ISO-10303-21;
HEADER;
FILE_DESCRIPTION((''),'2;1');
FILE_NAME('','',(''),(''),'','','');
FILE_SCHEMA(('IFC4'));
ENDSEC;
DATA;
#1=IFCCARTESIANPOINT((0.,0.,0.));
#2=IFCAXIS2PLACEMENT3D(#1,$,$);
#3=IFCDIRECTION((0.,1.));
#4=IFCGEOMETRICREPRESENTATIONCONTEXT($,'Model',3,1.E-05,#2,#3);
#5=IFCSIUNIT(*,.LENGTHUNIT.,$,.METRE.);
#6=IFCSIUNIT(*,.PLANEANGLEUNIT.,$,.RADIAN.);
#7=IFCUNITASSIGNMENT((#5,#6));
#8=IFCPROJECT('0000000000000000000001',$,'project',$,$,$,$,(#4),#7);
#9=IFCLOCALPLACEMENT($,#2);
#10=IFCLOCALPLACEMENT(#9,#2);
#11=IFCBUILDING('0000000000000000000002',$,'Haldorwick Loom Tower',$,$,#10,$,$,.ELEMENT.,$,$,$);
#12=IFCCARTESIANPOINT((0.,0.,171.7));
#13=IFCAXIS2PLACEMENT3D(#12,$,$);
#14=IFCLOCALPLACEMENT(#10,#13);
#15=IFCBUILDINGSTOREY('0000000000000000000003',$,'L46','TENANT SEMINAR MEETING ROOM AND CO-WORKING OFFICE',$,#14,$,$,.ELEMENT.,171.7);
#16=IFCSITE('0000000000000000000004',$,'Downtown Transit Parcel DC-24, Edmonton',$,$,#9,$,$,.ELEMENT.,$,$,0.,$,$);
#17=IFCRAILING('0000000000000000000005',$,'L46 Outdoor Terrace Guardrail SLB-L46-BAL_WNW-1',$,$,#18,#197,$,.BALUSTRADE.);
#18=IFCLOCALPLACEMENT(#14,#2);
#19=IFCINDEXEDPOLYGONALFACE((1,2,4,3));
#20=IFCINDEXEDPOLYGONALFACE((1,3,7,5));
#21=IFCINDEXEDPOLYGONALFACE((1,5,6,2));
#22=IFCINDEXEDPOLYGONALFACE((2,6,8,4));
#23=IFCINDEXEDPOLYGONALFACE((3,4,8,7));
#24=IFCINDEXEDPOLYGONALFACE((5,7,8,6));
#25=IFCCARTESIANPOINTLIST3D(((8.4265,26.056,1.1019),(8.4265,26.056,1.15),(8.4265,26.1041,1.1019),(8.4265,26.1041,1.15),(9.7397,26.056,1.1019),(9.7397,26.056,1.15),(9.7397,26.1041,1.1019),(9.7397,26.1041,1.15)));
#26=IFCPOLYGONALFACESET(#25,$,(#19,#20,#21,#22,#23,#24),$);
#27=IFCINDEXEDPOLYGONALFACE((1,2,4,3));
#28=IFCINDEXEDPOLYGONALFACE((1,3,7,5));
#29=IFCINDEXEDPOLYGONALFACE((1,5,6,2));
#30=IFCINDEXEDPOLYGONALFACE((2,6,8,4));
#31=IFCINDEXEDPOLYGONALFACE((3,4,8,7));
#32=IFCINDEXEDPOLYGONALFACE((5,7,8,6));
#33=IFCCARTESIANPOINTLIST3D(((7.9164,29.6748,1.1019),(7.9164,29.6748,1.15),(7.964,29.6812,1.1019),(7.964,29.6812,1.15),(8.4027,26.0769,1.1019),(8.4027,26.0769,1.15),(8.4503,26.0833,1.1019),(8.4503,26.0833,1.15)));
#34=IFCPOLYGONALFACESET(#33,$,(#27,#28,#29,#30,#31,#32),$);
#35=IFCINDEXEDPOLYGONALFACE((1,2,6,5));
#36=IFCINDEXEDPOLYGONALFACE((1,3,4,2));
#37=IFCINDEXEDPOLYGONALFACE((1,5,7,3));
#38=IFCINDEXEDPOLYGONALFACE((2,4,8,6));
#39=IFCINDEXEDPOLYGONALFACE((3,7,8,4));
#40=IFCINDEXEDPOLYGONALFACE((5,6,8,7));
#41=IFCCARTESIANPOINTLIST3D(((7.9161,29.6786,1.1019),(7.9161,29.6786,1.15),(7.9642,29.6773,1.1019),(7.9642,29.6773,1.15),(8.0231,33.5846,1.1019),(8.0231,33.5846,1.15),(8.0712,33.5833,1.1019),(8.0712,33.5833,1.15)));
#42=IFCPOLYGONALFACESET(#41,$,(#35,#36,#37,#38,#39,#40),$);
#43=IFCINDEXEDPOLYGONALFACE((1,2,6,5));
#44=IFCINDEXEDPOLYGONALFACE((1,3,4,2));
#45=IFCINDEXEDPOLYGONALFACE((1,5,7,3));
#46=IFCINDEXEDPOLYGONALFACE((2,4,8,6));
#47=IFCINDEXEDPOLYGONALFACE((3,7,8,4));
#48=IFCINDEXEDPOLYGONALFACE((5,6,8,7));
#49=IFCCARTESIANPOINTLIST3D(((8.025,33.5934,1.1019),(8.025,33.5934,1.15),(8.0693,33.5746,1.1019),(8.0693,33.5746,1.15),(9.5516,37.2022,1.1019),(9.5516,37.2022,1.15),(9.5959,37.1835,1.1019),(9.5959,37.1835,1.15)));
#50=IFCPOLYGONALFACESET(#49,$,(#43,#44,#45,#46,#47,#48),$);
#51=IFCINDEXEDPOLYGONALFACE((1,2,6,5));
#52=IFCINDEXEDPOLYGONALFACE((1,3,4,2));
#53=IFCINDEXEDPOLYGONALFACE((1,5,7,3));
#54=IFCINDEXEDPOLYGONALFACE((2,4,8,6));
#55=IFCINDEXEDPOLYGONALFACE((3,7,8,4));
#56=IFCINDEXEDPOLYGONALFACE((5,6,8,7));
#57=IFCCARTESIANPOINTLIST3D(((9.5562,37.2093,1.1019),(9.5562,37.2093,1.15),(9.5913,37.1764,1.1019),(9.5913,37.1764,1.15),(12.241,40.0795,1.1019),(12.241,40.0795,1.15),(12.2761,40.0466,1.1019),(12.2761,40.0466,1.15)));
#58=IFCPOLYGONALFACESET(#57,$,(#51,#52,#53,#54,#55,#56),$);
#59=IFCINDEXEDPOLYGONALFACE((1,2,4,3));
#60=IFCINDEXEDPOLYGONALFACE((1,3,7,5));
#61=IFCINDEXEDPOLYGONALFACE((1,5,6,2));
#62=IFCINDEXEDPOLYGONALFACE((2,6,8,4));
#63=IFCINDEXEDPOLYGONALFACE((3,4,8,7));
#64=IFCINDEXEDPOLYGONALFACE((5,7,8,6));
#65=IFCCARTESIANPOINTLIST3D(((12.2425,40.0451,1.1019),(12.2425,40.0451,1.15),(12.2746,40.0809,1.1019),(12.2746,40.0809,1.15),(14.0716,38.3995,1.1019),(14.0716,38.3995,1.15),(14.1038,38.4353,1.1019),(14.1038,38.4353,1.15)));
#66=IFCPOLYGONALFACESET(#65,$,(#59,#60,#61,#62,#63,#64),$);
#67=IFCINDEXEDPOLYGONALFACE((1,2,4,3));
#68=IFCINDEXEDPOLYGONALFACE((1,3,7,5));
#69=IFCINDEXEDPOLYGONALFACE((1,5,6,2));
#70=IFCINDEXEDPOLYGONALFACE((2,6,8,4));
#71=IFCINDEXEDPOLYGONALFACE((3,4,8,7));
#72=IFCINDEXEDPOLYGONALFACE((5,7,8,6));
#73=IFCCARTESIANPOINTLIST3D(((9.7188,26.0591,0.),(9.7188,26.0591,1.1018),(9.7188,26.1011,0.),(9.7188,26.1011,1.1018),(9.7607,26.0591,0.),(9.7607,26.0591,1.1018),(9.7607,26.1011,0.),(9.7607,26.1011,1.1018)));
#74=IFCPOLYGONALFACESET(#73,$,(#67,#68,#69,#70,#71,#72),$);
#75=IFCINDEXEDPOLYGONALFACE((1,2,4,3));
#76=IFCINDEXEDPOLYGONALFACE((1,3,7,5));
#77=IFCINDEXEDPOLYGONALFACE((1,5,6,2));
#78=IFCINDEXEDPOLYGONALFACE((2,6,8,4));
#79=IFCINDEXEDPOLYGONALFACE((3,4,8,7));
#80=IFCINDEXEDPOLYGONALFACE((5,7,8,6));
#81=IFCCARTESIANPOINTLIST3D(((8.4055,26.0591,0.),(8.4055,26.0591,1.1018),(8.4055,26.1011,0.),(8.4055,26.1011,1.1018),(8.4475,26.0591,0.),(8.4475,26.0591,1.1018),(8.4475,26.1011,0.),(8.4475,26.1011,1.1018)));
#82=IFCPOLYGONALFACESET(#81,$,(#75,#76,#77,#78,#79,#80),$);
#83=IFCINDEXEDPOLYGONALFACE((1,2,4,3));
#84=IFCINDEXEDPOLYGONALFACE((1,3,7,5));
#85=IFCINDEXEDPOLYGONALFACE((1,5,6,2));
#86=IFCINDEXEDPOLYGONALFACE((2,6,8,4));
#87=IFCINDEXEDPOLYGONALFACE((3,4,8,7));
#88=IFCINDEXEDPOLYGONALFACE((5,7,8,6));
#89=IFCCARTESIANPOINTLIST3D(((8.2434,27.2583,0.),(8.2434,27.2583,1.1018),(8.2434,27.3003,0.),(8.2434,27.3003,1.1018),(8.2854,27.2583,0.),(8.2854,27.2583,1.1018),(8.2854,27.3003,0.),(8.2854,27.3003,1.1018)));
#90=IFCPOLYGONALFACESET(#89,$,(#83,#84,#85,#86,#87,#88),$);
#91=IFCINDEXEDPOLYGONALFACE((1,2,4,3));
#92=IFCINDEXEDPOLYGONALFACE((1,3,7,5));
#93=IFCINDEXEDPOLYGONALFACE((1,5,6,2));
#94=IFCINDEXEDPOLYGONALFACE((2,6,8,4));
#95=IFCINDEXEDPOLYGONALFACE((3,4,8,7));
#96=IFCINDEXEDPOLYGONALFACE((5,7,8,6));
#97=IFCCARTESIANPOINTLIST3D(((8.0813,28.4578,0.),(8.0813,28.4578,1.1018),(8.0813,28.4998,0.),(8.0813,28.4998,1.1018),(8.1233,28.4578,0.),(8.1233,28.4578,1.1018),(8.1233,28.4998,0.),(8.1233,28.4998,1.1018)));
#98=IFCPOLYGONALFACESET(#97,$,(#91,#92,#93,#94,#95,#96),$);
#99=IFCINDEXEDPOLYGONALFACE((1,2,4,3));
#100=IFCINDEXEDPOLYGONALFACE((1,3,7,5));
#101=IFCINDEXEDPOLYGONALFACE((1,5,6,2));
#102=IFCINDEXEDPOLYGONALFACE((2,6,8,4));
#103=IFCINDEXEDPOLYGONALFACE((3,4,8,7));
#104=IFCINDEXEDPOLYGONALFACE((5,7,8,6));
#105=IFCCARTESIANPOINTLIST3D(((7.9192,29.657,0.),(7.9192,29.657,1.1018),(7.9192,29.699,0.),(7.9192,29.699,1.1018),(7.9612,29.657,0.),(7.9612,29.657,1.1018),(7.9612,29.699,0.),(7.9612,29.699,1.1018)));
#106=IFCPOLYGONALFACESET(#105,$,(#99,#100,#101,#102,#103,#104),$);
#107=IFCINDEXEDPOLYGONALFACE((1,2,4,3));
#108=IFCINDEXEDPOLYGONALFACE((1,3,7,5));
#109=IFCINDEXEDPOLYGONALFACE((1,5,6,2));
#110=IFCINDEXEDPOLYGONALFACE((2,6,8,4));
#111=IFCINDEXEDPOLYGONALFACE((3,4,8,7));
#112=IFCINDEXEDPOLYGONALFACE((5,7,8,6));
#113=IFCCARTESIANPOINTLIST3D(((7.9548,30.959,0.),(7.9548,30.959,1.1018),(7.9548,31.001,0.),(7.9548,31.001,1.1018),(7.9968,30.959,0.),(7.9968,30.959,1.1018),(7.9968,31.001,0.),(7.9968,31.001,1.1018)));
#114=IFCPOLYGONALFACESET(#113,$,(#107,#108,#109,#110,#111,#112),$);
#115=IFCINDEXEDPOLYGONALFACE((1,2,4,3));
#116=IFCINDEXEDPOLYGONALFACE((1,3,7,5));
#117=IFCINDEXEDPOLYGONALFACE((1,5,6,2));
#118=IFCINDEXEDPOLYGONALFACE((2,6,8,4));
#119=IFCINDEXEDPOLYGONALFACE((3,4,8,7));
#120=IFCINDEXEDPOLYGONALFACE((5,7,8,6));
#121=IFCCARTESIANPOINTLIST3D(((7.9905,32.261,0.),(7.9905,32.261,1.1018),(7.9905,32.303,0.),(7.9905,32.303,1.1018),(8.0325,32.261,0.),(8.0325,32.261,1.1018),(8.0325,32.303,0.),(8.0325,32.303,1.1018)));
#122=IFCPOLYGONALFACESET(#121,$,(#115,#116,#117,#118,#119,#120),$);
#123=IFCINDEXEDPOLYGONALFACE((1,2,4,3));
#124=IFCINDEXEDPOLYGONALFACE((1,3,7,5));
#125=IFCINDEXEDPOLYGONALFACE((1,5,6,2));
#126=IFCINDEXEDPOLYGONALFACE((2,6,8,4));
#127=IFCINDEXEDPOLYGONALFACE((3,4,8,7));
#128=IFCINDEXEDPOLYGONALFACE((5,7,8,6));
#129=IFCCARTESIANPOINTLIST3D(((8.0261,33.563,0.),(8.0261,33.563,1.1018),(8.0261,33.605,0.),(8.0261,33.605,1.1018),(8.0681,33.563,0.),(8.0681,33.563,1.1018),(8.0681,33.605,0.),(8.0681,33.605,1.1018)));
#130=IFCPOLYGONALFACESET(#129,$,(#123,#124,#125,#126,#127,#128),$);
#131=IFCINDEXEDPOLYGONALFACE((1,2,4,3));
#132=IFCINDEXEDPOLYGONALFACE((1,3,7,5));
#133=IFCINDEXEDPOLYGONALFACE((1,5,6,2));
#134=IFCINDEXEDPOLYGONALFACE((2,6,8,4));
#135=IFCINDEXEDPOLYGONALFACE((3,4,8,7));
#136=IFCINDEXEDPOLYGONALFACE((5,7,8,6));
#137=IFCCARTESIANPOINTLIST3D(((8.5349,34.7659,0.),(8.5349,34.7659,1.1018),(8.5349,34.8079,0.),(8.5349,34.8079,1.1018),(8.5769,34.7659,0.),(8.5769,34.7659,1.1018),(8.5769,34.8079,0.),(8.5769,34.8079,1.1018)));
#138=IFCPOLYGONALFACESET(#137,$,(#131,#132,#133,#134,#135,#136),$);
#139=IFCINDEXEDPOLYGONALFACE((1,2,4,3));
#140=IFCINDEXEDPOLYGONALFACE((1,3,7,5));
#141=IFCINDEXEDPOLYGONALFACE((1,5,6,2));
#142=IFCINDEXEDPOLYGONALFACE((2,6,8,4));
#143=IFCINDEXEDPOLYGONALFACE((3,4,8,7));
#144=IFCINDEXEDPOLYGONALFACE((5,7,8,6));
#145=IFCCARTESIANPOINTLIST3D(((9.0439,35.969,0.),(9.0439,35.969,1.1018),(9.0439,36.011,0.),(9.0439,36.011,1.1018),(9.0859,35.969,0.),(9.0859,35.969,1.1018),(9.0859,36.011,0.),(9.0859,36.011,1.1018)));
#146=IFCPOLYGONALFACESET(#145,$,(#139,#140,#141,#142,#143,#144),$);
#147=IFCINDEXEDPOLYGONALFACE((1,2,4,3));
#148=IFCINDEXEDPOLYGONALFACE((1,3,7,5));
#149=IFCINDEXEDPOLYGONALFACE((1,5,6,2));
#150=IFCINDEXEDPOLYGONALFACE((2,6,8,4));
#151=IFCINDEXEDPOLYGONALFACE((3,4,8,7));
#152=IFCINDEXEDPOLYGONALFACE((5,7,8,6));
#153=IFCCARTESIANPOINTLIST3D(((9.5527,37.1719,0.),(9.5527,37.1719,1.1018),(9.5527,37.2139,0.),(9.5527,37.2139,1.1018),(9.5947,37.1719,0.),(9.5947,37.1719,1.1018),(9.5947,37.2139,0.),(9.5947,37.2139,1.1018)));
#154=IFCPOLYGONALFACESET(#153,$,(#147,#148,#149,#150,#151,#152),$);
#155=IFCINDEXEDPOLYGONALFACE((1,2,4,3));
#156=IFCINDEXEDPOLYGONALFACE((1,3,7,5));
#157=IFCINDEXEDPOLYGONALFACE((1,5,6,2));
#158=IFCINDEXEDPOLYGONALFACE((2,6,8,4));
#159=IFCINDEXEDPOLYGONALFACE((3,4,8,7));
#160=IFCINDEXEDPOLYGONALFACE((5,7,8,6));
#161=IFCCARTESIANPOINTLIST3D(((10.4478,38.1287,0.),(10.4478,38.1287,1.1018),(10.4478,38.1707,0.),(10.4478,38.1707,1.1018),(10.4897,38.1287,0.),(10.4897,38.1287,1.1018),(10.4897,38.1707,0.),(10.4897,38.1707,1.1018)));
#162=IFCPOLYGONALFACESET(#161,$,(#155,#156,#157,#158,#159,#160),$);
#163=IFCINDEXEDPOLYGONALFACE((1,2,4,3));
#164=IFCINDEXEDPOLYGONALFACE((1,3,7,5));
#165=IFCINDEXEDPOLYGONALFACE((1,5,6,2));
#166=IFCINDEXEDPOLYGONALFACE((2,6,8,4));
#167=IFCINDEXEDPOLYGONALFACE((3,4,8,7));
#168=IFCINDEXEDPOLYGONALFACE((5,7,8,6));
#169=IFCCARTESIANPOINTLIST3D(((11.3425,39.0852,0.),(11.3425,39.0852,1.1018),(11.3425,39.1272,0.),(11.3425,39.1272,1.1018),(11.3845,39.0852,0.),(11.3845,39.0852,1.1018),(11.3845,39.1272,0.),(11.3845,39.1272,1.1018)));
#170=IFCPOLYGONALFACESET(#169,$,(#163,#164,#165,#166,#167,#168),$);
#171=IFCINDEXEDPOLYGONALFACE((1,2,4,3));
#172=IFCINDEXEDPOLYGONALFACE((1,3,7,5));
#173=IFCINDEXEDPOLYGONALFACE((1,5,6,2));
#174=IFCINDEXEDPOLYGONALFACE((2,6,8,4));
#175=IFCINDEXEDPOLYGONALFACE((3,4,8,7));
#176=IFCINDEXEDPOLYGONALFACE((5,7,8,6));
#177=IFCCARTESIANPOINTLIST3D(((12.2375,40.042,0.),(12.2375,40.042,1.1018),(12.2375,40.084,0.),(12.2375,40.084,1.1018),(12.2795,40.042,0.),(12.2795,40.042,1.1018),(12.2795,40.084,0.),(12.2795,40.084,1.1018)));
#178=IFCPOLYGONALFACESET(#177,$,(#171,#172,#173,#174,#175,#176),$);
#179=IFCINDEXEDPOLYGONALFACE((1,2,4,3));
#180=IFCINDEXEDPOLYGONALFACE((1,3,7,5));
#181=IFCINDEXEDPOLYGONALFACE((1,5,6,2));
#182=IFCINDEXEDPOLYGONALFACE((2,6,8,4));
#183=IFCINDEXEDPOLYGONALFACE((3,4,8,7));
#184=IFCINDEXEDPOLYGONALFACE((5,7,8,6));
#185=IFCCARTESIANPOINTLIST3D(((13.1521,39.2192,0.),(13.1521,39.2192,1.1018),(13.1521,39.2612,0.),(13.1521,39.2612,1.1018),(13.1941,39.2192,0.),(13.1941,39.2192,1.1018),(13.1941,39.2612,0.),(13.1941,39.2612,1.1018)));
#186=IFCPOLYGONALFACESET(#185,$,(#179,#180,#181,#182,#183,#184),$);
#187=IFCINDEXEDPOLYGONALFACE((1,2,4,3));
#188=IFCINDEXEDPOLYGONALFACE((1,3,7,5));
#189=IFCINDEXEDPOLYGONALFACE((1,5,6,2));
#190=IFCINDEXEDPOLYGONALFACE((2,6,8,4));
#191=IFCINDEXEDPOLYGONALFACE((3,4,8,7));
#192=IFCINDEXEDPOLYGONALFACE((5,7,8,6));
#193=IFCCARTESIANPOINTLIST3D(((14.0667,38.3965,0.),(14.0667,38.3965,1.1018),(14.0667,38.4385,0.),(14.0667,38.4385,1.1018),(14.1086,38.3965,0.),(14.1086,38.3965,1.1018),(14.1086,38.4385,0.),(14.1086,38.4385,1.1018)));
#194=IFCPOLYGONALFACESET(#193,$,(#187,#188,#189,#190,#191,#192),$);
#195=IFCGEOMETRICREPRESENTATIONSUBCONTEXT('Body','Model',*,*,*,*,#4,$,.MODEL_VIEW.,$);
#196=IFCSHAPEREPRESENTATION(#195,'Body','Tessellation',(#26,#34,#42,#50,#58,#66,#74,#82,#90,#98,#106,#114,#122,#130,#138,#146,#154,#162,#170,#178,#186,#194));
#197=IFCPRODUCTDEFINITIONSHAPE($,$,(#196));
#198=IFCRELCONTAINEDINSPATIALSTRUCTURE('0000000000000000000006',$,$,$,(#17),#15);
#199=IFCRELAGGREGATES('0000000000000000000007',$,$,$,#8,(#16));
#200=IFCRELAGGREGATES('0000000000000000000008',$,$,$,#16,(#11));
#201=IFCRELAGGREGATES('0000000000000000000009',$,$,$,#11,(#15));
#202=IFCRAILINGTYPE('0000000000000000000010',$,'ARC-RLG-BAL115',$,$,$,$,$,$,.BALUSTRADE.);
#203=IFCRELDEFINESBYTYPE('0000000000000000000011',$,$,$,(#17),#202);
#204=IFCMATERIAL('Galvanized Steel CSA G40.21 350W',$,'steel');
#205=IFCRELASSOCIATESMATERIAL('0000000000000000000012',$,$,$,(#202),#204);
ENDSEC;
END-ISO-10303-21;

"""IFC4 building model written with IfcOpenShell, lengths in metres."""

from ifc_helpers import new_model, si_unit, direction, frame, origin, origin_2d, place, context, subcontext, project, spatial, rectangle, extrude, material, type_object, element, save


model = new_model("IFC4")

# Units and contexts
model_context = context("Model", 3, precision=1e-05, world=origin(), true_north=direction((0.0, 1.0)))
body_context = subcontext(model_context, "Body", "Model", "MODEL_VIEW")
ifc_project = project(units=[si_unit("LENGTHUNIT", "METRE"), si_unit("PLANEANGLEUNIT", "RADIAN")], contexts=[model_context])

# Site, building, storey
site_placement = place(None, origin())
site = spatial("IfcSite", under=ifc_project, at=site_placement, Name="Downtown Transit Parcel DC-24, Edmonton", CompositionType="ELEMENT", RefElevation=0.0)
building_placement = place(site_placement, origin())
building = spatial("IfcBuilding", under=site, at=building_placement, Name="Haldorwick Loom Tower", CompositionType="ELEMENT")
storey_placement = place(building_placement, frame((0.0, 0.0, 171.7)))
storey = spatial("IfcBuildingStorey", under=building, at=storey_placement, Name="L46", Description="TENANT SEMINAR MEETING ROOM AND CO-WORKING OFFICE", CompositionType="ELEMENT", Elevation=171.7)

# Railing
ifc_material_1 = material(Name="Galvanized Steel CSA G40.21 350W", Category="steel")
railing_type = type_object("IfcRailingType", Name="ARC-RLG-BAL115", PredefinedType="BALUSTRADE", material=ifc_material_1)
railing_placement = place(storey_placement, frame((9.7397, 26.0801, 0.0)))
element("IfcRailing", 1, at=railing_placement, inside=storey, type_object=railing_type, Name="L46 Outdoor Terrace Guardrail SLB-L46-BAL_WNW-1", PredefinedType="BALUSTRADE", context=body_context, shape_type="SweptSolid", body=[
    extrude(rectangle(XDim=0.0481, YDim=0.0481, at=origin_2d()), frame((0.0, 0.0, 1.126), z_axis=(-1.0, 0.0, 0.0), x_axis=(0.0, -1.0, 0.0)), (0.0, 0.0, 1.0), 1.3132),
    extrude(rectangle(XDim=0.0481, YDim=0.0481, at=origin_2d()), frame((-1.3132, 0.0, 1.126), z_axis=(-0.133952, 0.990988, 0.0), x_axis=(-0.990988, -0.133952, 0.0)), (0.0, 0.0, 1.0), 3.6306),
    extrude(rectangle(XDim=0.0481, YDim=0.0481, at=origin_2d()), frame((-1.7996, 3.5979, 1.126), z_axis=(0.027366, 0.999625, 0.0), x_axis=(-0.999625, 0.027366, 0.0)), (0.0, 0.0, 1.0), 3.9075),
    extrude(rectangle(XDim=0.0481, YDim=0.0481, at=origin_2d()), frame((-1.6926, 7.5039, 1.126), z_axis=(0.389591, 0.920988, 0.0), x_axis=(-0.920988, 0.389591, 0.0)), (0.0, 0.0, 1.0), 3.9185),
    extrude(rectangle(XDim=0.0481, YDim=0.0481, at=origin_2d()), frame((-0.166, 11.1128, 1.126), z_axis=(0.683139, 0.730288, 0.0), x_axis=(-0.730288, 0.683139, 0.0)), (0.0, 0.0, 1.0), 3.9302),
    extrude(rectangle(XDim=0.0481, YDim=0.0481, at=origin_2d()), frame((2.5188, 13.9829, 1.126), z_axis=(0.743432, -0.668811, 0.0), x_axis=(0.668811, 0.743432, 0.0)), (0.0, 0.0, 1.0), 2.4604),
    extrude(rectangle(XDim=0.042, YDim=0.042, at=origin_2d()), origin(), (0.0, 0.0, 1.0), 1.1018),
    extrude(rectangle(XDim=0.042, YDim=0.042, at=origin_2d()), frame((-1.3132, 0.0, 0.0)), (0.0, 0.0, 1.0), 1.1018),
    extrude(rectangle(XDim=0.042, YDim=0.042, at=origin_2d()), frame((-1.4753, 1.1992, 0.0)), (0.0, 0.0, 1.0), 1.1018),
    extrude(rectangle(XDim=0.042, YDim=0.042, at=origin_2d()), frame((-1.6375, 2.3987, 0.0)), (0.0, 0.0, 1.0), 1.1018),
    extrude(rectangle(XDim=0.042, YDim=0.042, at=origin_2d()), frame((-1.7996, 3.5979, 0.0)), (0.0, 0.0, 1.0), 1.1018),
    extrude(rectangle(XDim=0.042, YDim=0.042, at=origin_2d()), frame((-1.7639, 4.8999, 0.0)), (0.0, 0.0, 1.0), 1.1018),
    extrude(rectangle(XDim=0.042, YDim=0.042, at=origin_2d()), frame((-1.7283, 6.2019, 0.0)), (0.0, 0.0, 1.0), 1.1018),
    extrude(rectangle(XDim=0.042, YDim=0.042, at=origin_2d()), frame((-1.6926, 7.5039, 0.0)), (0.0, 0.0, 1.0), 1.1018),
    extrude(rectangle(XDim=0.042, YDim=0.042, at=origin_2d()), frame((-1.1838, 8.7068, 0.0)), (0.0, 0.0, 1.0), 1.1018),
    extrude(rectangle(XDim=0.042, YDim=0.042, at=origin_2d()), frame((-0.6748, 9.9099, 0.0)), (0.0, 0.0, 1.0), 1.1018),
    extrude(rectangle(XDim=0.042, YDim=0.042, at=origin_2d()), frame((-0.166, 11.1128, 0.0)), (0.0, 0.0, 1.0), 1.1018),
    extrude(rectangle(XDim=0.042, YDim=0.042, at=origin_2d()), frame((0.729, 12.0696, 0.0)), (0.0, 0.0, 1.0), 1.1018),
    extrude(rectangle(XDim=0.042, YDim=0.042, at=origin_2d()), frame((1.6238, 13.0261, 0.0)), (0.0, 0.0, 1.0), 1.1018),
    extrude(rectangle(XDim=0.042, YDim=0.042, at=origin_2d()), frame((2.5188, 13.9829, 0.0)), (0.0, 0.0, 1.0), 1.1018),
    extrude(rectangle(XDim=0.042, YDim=0.042, at=origin_2d()), frame((3.4333, 13.1602, 0.0)), (0.0, 0.0, 1.0), 1.1018),
    extrude(rectangle(XDim=0.042, YDim=0.042, at=origin_2d()), frame((4.3479, 12.3374, 0.0)), (0.0, 0.0, 1.0), 1.1018),
])

save(model, "model.ifc")
